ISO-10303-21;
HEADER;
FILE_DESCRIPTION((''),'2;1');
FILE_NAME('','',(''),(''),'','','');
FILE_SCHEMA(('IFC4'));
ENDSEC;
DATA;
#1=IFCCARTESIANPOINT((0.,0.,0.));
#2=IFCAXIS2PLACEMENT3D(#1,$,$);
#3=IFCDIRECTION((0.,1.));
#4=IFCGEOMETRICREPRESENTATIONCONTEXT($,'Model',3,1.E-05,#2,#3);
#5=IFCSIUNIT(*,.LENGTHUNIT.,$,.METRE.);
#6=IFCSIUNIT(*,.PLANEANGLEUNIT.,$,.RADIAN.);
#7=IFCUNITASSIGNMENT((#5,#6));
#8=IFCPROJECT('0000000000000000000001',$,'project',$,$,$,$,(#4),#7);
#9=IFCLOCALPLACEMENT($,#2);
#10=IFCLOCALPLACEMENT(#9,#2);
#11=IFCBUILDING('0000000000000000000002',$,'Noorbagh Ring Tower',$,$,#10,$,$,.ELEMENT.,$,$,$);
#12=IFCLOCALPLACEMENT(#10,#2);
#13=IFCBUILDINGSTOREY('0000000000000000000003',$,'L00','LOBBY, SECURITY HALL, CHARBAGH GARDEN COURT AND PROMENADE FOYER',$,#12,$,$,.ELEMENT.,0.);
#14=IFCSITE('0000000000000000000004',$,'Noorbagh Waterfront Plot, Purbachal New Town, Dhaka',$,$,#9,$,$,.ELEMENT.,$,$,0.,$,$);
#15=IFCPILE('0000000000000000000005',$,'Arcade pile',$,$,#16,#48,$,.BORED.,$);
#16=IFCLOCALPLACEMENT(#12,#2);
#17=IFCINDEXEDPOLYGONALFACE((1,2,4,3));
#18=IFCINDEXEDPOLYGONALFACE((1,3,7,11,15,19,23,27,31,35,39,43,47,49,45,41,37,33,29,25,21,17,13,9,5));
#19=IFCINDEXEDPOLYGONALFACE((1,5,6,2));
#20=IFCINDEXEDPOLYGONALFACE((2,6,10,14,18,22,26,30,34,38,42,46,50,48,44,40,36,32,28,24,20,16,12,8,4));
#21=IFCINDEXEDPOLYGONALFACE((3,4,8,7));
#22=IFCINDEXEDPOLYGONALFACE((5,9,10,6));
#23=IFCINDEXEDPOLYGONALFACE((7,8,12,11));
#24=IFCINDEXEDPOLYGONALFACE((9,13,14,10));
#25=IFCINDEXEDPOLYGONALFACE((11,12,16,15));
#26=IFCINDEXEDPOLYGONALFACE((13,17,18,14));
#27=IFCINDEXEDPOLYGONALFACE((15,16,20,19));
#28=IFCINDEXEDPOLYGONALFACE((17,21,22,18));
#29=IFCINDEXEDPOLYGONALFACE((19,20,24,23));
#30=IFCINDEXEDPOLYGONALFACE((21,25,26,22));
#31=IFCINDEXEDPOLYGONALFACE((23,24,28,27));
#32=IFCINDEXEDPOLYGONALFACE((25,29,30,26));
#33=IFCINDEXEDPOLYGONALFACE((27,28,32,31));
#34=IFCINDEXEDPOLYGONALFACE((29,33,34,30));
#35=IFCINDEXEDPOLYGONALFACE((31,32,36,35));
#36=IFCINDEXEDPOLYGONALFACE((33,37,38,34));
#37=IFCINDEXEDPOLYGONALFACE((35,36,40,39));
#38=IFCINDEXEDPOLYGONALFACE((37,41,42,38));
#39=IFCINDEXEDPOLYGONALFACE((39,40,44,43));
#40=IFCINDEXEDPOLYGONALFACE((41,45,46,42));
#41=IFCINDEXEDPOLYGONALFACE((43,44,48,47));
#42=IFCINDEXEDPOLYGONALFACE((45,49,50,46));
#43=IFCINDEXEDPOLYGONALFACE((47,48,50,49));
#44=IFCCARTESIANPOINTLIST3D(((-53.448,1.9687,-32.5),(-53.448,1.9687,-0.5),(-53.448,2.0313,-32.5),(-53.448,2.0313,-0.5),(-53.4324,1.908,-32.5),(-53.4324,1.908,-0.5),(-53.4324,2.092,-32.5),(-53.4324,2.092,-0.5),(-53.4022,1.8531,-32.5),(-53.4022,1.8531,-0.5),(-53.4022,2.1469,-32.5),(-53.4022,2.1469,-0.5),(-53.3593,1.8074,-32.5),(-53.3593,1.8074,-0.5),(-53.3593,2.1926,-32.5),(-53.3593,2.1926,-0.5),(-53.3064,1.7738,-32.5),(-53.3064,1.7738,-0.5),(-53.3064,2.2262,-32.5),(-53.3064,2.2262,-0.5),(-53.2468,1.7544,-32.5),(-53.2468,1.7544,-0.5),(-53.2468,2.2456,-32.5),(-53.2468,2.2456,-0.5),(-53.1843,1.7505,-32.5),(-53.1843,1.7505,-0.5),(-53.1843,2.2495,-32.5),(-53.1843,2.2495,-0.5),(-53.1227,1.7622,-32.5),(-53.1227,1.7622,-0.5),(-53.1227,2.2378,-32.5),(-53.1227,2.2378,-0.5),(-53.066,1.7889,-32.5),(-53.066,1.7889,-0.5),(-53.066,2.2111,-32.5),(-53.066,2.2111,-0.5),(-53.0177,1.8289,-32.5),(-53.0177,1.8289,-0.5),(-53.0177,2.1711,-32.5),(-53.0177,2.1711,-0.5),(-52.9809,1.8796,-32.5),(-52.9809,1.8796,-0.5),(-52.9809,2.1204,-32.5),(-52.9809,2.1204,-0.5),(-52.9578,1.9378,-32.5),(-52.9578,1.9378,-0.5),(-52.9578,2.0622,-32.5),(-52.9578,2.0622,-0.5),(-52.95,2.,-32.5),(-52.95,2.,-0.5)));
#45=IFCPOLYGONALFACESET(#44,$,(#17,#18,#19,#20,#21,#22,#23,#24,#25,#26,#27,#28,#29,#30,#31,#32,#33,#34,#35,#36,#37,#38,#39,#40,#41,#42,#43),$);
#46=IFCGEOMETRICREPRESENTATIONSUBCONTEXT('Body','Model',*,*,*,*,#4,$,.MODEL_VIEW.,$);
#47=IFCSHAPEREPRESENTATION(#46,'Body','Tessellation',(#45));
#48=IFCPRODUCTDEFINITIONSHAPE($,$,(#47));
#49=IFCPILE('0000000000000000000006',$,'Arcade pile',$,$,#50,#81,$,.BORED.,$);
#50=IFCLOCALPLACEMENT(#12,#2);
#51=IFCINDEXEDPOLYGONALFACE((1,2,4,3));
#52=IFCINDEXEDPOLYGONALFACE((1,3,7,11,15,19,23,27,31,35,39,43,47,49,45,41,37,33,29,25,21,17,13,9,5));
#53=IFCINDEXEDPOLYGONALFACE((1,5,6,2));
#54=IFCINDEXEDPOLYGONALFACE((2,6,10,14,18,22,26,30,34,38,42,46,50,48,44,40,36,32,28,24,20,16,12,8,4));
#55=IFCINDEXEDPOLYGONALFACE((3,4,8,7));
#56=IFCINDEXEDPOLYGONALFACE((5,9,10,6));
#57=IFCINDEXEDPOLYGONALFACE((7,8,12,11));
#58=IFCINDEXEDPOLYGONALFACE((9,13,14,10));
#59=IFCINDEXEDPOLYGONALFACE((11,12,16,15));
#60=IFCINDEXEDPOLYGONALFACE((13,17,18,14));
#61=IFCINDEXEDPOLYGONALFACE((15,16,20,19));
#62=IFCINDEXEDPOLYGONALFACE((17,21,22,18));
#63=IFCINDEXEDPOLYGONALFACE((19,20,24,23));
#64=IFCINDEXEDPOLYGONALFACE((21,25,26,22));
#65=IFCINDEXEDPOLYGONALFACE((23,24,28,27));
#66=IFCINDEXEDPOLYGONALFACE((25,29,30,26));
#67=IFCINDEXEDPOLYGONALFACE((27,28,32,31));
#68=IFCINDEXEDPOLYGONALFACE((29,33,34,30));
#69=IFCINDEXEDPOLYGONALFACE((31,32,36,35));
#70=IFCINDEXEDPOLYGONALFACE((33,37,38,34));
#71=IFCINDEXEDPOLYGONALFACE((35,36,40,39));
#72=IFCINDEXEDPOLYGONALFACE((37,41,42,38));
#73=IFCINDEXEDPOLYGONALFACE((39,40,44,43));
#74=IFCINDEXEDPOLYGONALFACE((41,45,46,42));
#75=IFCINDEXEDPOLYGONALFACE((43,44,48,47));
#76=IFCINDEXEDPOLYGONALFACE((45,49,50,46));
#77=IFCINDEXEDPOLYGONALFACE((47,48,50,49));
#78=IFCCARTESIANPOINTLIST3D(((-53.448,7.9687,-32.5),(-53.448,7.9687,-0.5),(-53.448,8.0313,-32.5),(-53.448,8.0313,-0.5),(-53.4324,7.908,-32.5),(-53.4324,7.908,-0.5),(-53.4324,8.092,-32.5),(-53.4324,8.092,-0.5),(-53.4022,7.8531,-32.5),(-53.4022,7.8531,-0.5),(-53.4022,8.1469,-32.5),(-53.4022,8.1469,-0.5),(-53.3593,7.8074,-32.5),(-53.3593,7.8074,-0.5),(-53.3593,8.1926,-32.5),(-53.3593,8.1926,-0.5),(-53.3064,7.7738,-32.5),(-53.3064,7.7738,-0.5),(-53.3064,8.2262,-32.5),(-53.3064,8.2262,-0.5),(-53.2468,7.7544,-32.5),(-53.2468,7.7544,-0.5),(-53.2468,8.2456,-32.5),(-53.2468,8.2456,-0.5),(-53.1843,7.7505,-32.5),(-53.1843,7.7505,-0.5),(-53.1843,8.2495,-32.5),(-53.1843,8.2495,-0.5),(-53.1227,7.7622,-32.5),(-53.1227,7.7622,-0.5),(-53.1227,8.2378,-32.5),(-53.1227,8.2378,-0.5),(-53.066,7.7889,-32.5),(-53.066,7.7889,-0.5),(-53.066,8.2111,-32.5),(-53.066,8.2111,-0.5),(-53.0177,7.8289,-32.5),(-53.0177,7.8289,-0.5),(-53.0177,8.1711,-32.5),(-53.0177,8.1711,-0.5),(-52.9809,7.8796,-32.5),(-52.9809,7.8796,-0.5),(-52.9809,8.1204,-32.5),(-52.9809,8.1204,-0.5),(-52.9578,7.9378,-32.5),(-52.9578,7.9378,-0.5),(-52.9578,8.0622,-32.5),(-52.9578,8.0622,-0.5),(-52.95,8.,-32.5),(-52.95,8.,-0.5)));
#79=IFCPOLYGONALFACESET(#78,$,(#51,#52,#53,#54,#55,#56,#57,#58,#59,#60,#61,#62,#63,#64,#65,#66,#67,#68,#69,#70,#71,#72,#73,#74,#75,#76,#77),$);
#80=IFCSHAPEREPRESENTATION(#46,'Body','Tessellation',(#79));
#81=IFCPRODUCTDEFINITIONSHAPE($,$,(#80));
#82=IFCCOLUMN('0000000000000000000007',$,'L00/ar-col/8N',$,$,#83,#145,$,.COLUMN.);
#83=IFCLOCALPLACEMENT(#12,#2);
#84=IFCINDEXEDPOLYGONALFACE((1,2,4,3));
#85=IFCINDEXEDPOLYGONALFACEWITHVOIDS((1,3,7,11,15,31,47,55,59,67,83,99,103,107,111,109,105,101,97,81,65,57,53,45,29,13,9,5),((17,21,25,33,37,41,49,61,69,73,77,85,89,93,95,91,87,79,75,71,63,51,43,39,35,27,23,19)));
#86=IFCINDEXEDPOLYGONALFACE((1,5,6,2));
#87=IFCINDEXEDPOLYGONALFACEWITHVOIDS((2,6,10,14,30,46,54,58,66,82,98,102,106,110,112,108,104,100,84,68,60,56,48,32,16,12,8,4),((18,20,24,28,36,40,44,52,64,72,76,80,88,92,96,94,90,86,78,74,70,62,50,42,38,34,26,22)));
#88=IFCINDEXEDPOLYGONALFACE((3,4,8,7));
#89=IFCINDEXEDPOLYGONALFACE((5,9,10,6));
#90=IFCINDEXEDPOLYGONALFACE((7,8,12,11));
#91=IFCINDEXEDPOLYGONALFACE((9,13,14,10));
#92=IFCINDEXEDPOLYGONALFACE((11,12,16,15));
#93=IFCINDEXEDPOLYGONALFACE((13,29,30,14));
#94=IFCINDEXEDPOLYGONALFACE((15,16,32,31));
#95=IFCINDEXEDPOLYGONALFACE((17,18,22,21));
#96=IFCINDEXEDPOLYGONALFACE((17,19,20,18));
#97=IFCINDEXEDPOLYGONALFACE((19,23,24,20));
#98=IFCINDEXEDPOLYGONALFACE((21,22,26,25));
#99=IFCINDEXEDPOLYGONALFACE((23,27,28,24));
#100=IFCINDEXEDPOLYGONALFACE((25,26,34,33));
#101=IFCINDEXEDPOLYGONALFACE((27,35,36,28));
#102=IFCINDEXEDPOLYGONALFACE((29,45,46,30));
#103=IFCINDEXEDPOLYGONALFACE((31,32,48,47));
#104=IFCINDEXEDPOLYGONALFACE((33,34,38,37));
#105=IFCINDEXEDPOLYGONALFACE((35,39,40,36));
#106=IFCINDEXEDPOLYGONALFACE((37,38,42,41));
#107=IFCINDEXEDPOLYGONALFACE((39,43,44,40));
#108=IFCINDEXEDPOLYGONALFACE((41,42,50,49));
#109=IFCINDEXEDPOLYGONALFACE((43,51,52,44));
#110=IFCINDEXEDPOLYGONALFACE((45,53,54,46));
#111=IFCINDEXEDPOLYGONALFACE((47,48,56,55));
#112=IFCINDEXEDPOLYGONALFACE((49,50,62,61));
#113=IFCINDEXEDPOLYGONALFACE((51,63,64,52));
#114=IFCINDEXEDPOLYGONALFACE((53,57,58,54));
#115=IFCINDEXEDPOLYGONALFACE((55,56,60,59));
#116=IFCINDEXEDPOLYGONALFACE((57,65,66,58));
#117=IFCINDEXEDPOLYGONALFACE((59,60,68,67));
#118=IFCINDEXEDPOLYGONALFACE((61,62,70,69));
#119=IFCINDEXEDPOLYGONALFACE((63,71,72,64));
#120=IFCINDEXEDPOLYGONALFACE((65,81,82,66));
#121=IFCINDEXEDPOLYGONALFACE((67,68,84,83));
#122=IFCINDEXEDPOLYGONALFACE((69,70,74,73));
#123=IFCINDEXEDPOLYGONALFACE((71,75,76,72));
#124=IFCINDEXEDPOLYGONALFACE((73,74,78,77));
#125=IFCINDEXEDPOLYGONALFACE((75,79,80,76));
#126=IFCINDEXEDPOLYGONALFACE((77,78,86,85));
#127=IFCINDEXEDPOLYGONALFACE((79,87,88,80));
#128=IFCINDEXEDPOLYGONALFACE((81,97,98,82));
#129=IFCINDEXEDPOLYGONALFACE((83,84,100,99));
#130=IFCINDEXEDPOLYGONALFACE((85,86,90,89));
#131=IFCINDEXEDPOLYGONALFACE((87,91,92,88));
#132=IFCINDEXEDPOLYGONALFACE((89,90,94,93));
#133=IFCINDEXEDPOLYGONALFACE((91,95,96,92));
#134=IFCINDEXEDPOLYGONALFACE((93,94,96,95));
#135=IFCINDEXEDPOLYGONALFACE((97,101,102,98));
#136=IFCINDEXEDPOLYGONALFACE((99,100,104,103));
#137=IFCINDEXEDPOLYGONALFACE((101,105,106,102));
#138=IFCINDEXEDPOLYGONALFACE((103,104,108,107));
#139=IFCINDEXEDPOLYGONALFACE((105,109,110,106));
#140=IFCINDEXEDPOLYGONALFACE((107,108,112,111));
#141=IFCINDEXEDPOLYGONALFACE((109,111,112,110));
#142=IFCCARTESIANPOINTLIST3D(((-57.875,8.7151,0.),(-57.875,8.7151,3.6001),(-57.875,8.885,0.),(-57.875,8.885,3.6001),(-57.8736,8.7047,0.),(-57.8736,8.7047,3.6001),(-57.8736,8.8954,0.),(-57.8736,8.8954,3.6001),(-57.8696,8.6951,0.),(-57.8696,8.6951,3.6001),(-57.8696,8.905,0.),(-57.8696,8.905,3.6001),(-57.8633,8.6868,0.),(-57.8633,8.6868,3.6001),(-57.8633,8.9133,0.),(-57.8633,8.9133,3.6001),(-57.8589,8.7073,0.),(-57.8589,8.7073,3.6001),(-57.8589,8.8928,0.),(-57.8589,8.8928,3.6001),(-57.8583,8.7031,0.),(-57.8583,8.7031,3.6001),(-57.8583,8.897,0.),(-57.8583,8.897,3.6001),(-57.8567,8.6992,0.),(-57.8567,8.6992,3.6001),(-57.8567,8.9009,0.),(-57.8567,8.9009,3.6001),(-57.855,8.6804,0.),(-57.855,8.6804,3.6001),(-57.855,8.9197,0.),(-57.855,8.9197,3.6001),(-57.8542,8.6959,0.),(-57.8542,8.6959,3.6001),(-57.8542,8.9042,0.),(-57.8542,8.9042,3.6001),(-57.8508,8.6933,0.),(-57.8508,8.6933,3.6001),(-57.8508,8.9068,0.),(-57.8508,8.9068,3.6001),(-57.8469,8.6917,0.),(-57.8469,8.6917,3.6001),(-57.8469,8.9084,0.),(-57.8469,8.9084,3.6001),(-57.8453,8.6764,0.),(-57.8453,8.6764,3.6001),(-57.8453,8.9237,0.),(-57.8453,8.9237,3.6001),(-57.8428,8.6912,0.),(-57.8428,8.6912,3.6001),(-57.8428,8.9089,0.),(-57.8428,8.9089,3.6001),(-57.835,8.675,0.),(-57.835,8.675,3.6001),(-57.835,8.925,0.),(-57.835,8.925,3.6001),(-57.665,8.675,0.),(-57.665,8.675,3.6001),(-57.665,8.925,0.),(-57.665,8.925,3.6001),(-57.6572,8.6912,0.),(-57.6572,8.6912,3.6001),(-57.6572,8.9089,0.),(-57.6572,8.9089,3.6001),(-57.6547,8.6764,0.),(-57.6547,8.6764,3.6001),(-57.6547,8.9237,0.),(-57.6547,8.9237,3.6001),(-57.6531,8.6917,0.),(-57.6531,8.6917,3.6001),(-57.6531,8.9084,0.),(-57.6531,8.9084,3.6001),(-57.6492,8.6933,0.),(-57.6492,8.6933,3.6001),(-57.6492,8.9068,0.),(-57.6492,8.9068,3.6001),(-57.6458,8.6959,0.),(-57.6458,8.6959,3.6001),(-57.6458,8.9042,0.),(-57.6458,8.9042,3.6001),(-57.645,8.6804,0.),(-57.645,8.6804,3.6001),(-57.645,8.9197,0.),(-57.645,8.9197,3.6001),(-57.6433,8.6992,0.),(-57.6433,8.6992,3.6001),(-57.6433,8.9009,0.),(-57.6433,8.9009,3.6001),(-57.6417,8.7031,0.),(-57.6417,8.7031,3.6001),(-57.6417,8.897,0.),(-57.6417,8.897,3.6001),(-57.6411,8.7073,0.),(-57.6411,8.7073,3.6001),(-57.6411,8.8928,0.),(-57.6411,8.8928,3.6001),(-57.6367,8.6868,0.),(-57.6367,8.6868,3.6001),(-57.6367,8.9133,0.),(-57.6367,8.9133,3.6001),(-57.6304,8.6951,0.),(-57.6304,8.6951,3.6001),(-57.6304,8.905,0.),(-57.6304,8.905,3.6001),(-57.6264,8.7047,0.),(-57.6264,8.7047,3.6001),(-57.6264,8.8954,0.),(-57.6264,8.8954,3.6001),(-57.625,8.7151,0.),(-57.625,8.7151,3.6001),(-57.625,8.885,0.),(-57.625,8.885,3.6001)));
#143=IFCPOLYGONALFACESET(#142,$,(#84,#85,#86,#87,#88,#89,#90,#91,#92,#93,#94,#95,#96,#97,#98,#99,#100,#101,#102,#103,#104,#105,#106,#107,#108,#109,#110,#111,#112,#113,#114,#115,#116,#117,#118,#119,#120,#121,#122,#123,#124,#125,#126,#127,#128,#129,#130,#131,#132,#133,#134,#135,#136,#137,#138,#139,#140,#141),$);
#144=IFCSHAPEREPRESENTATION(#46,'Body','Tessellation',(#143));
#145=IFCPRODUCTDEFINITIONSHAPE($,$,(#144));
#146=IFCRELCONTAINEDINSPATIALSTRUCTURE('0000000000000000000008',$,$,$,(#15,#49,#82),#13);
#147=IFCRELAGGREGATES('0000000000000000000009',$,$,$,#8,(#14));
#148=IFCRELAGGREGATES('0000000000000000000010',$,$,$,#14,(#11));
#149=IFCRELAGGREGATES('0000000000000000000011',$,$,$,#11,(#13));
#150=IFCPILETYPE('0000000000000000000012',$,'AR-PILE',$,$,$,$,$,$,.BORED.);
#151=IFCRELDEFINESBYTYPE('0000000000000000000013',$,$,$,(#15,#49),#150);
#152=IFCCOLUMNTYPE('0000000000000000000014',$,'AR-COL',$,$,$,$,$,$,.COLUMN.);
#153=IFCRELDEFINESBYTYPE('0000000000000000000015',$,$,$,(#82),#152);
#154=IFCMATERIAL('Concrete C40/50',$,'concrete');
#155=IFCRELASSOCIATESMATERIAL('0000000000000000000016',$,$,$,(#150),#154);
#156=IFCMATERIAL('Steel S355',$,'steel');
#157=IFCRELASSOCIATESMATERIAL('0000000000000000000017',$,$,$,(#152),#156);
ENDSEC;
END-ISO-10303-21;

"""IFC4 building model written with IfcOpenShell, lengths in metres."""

from ifc_helpers import new_model, si_unit, direction, frame, origin, origin_2d, place, context, subcontext, project, spatial, hollow_rectangle, circle, extrude, material, material_profile, profile_set, type_object, element, save


model = new_model("IFC4")

# Units and contexts
model_context = context("Model", 3, precision=1e-05, world=origin(), true_north=direction((0.0, 1.0)))
body_context = subcontext(model_context, "Body", "Model", "MODEL_VIEW")
ifc_project = project(units=[si_unit("LENGTHUNIT", "METRE"), si_unit("PLANEANGLEUNIT", "RADIAN")], contexts=[model_context])

# Site, building, storey
site_placement = place(None, origin())
site = spatial("IfcSite", under=ifc_project, at=site_placement, Name="Noorbagh Waterfront Plot, Purbachal New Town, Dhaka", CompositionType="ELEMENT", RefElevation=0.0)
building_placement = place(site_placement, origin())
building = spatial("IfcBuilding", under=site, at=building_placement, Name="Noorbagh Ring Tower", CompositionType="ELEMENT")
storey_placement = place(building_placement, origin())
storey = spatial("IfcBuildingStorey", under=building, at=storey_placement, Name="L00", Description="LOBBY, SECURITY HALL, CHARBAGH GARDEN COURT AND PROMENADE FOYER", CompositionType="ELEMENT", Elevation=0.0)

# Piles
ifc_material_1 = material(Name="Concrete C40/50", Category="concrete")
ifc_material_profile_1 = material_profile(ifc_material_1, circle(Radius=0.25, at=origin_2d()), Name="PILE500")
ifc_profile_set_1 = profile_set([ifc_material_profile_1], Name="Concrete C40/50")
pile_type = type_object("IfcPileType", Name="AR-PILE", PredefinedType="BORED", material=ifc_profile_set_1)
for number, where, z_axis, x_axis, name in (
    (1, (-53.2, 2.0, -0.5), (0.0, 0.0, -1.0), (1.0, 0.0, 0.0), "Arcade pile"),
    (2, (-53.2, 8.0, -0.5), (0.0, 0.0, -1.0), (1.0, 0.0, 0.0), "Arcade pile"),
):
    element("IfcPile", number, at=place(storey_placement, frame(where, z_axis=z_axis, x_axis=x_axis)), inside=storey, type_object=pile_type, Name=name, PredefinedType="BORED", context=body_context, shape_type="SweptSolid", body=[
        extrude(circle(Radius=0.25, at=origin_2d()), origin(), (0.0, 0.0, 1.0), 32.0),
    ])

# Column
ifc_material_2 = material(Name="Steel S355", Category="steel")
ifc_material_profile_2 = material_profile(ifc_material_2, hollow_rectangle(XDim=0.25, YDim=0.25, WallThickness=0.0161, InnerFilletRadius=0.0161, OuterFilletRadius=0.04, at=origin_2d()), Name="SHS250x250x16")
ifc_profile_set_2 = profile_set([ifc_material_profile_2], Name="Steel S355")
column_type_1 = type_object("IfcColumnType", Name="AR-COL", PredefinedType="COLUMN", material=ifc_profile_set_2)
for number, where, z_axis, x_axis, name in (
    (3, (-57.75, 8.8, 0.0), (0.0, 0.0, 1.0), (1.0, 0.0, 0.0), "L00/ar-col/8N"),
):
    element("IfcColumn", number, at=place(storey_placement, frame(where, z_axis=z_axis, x_axis=x_axis)), inside=storey, type_object=column_type_1, Name=name, PredefinedType="COLUMN", context=body_context, shape_type="SweptSolid", body=[
        extrude(hollow_rectangle(XDim=0.25, YDim=0.25, WallThickness=0.0161, InnerFilletRadius=0.0161, OuterFilletRadius=0.04, at=origin_2d()), origin(), (0.0, 0.0, 1.0), 3.6001),
    ])

save(model, "model.ifc")
